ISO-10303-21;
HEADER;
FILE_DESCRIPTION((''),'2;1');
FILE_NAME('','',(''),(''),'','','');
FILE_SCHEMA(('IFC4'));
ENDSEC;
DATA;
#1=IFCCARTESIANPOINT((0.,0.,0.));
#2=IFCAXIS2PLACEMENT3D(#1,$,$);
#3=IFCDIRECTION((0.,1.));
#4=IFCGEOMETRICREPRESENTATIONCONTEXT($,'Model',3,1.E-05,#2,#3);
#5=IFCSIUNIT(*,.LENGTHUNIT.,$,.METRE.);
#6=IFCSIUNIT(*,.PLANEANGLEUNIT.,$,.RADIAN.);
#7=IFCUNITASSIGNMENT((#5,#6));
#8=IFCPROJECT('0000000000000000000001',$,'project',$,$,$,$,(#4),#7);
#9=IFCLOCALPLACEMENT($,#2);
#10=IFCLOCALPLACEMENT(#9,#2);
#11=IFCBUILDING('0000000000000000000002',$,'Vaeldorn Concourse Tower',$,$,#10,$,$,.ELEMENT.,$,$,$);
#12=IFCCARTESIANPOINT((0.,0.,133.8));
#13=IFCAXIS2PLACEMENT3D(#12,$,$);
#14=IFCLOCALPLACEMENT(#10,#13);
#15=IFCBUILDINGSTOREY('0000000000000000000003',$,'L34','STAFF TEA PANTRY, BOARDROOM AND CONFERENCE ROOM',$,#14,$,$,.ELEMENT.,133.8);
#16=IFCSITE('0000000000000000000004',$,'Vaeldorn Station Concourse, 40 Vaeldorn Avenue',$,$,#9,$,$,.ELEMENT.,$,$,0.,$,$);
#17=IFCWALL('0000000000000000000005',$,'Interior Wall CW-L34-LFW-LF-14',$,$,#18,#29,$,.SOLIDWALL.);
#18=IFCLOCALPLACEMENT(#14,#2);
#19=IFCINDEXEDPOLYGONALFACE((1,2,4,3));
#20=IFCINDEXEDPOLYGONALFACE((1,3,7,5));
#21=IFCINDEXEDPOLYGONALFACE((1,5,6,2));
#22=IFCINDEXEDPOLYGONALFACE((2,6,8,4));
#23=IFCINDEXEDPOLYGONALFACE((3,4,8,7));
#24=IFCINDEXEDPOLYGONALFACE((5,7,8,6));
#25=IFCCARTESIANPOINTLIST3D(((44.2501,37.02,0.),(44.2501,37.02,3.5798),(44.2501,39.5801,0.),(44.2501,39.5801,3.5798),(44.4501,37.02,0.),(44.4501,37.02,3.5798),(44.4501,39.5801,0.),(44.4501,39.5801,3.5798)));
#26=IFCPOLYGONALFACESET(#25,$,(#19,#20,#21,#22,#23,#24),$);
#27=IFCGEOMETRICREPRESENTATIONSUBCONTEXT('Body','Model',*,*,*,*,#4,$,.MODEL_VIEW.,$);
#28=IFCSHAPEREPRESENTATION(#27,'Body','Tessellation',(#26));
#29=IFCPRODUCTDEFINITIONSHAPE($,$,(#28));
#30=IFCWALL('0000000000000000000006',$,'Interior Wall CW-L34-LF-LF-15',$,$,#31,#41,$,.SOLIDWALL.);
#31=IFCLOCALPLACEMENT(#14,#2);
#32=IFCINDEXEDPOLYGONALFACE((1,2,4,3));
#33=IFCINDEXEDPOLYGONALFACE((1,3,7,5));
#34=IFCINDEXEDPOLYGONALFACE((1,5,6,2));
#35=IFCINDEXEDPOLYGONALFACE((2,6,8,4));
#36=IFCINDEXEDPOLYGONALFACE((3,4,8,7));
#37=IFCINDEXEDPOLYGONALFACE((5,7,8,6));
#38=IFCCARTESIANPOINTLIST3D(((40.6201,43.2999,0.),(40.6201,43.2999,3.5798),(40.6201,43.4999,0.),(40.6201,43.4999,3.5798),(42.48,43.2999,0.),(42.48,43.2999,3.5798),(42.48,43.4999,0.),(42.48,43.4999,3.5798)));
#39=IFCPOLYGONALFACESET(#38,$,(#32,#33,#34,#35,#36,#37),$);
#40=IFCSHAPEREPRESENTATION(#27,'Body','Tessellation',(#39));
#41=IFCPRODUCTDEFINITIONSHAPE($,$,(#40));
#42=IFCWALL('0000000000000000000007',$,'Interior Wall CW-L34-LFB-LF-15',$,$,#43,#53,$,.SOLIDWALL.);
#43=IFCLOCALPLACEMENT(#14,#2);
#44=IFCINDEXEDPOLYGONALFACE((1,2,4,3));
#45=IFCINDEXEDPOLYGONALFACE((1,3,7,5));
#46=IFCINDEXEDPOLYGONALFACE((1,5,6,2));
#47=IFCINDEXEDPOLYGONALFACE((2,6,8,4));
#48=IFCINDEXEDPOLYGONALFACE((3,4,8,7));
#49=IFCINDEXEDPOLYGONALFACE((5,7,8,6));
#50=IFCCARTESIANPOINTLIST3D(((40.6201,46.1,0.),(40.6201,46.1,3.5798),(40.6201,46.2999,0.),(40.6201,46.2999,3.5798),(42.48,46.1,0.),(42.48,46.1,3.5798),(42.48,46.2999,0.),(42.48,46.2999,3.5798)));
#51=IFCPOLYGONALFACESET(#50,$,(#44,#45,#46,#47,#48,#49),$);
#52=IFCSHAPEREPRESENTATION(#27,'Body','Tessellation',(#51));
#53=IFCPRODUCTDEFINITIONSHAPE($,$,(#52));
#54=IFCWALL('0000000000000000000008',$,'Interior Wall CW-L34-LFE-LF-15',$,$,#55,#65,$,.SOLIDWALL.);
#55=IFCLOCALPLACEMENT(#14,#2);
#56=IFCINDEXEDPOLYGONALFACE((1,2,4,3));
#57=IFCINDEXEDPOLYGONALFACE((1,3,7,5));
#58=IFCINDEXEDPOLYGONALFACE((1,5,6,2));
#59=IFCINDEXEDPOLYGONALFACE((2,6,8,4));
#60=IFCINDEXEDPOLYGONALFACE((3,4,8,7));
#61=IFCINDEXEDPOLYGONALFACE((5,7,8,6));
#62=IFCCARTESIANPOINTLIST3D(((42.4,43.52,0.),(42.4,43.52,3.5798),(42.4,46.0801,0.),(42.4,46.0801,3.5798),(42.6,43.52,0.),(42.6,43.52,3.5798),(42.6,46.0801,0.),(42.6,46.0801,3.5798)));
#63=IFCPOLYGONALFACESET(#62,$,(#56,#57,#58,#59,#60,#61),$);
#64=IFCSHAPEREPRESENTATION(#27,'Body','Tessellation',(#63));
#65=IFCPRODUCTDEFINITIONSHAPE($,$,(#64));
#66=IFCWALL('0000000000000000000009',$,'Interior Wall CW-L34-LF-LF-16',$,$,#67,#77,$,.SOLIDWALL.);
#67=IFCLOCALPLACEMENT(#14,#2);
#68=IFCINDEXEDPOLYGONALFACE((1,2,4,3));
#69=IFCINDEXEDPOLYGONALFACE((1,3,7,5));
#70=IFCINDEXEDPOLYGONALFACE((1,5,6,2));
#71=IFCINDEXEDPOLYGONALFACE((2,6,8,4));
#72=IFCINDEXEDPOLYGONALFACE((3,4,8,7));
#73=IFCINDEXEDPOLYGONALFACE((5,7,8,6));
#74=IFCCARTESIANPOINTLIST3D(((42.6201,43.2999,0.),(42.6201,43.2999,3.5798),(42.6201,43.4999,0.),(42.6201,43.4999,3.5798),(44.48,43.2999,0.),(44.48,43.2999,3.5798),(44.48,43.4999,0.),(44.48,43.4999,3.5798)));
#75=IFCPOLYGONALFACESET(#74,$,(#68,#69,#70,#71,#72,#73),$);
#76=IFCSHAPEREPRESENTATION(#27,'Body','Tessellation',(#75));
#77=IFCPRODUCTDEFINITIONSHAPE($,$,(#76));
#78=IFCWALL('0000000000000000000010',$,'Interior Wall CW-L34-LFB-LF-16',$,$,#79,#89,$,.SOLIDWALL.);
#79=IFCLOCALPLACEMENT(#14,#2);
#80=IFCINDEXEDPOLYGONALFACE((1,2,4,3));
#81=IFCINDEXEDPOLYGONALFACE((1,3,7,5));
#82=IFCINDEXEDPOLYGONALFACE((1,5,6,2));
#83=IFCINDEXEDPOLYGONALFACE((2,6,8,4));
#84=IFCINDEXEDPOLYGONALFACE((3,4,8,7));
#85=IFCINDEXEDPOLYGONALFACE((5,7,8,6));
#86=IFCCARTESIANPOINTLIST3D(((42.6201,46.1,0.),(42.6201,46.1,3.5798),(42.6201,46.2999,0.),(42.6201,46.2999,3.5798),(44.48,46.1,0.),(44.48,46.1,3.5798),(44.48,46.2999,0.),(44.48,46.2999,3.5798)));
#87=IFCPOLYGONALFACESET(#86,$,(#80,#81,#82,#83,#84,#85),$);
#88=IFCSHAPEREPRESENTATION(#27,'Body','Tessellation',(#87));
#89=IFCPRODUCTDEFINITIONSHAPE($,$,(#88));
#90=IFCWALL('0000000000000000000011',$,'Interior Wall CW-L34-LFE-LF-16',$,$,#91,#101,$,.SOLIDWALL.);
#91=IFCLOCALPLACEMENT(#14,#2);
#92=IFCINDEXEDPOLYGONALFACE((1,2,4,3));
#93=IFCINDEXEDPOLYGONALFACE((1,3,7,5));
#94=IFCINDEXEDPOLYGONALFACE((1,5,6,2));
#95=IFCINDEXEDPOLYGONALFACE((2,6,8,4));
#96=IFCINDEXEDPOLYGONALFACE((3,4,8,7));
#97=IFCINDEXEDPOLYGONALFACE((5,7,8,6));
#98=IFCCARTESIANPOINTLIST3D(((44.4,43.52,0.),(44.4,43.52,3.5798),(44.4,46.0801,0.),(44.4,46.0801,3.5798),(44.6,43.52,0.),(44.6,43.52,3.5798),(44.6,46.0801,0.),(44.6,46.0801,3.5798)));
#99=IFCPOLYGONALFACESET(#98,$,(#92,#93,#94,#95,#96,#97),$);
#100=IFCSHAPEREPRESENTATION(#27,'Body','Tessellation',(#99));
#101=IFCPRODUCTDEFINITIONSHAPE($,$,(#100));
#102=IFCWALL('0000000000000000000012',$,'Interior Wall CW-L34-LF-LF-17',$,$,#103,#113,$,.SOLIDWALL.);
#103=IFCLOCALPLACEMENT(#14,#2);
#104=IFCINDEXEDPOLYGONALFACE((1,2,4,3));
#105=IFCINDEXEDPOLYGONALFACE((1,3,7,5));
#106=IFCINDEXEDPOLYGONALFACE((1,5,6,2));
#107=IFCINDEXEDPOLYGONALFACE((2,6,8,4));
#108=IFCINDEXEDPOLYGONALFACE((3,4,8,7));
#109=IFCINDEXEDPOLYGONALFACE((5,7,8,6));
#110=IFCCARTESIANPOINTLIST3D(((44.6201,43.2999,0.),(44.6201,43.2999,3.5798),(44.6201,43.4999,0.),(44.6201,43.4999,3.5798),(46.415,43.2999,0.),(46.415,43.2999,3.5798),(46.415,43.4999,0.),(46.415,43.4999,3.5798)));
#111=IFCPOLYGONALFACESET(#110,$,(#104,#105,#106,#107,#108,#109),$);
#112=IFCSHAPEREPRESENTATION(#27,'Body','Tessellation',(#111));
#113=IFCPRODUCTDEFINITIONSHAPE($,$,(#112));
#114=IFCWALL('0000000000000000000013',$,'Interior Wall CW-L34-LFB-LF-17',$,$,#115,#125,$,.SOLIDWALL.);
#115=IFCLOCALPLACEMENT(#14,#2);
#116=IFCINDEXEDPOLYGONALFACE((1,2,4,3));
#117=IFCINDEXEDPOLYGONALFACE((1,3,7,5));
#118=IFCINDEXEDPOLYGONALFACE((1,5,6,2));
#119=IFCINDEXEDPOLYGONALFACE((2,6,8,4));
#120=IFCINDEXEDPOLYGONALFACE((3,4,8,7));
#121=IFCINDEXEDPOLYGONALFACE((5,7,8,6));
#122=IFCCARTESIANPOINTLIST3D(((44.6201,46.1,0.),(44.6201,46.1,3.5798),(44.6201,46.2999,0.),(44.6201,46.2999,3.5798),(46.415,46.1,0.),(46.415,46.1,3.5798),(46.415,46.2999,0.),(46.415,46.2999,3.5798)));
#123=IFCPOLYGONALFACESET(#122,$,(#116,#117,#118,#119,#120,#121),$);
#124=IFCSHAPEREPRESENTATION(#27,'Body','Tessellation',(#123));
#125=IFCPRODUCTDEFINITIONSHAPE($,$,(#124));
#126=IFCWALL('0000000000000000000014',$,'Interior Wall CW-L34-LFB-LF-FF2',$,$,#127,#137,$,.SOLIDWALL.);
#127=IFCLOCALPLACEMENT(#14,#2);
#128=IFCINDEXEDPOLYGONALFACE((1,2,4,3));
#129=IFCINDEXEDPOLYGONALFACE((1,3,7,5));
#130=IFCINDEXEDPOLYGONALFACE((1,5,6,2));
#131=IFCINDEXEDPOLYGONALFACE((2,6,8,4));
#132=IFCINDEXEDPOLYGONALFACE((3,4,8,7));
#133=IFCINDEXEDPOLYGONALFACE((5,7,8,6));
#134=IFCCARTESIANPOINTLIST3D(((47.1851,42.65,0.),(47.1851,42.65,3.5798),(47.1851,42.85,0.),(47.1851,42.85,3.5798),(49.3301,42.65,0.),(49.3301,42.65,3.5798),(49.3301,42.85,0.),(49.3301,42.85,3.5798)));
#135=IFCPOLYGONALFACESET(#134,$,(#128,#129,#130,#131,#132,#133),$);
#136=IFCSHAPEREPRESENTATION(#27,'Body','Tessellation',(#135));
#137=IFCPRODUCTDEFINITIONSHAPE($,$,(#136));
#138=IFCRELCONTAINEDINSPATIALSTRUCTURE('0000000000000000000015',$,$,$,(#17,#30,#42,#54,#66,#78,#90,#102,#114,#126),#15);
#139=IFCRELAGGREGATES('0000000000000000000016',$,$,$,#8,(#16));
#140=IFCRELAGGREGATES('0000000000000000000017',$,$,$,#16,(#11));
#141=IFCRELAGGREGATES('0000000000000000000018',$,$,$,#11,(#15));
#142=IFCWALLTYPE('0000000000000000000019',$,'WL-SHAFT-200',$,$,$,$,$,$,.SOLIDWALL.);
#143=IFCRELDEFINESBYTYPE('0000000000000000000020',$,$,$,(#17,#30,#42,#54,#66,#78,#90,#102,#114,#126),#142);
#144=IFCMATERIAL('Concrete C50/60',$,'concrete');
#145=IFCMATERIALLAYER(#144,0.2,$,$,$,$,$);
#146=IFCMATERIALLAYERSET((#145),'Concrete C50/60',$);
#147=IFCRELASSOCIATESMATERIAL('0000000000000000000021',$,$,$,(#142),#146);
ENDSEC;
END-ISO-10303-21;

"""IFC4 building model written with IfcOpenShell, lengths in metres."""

from ifc_helpers import new_model, si_unit, direction, frame, frame_2d, origin, place, context, subcontext, project, spatial, rectangle, extrude, material, layer, layer_set, type_object, element, save


model = new_model("IFC4")

# Units and contexts
model_context = context("Model", 3, precision=1e-05, world=origin(), true_north=direction((0.0, 1.0)))
body_context = subcontext(model_context, "Body", "Model", "MODEL_VIEW")
ifc_project = project(units=[si_unit("LENGTHUNIT", "METRE"), si_unit("PLANEANGLEUNIT", "RADIAN")], contexts=[model_context])

# Site, building, storey
site_placement = place(None, origin())
site = spatial("IfcSite", under=ifc_project, at=site_placement, Name="Vaeldorn Station Concourse, 40 Vaeldorn Avenue", CompositionType="ELEMENT", RefElevation=0.0)
building_placement = place(site_placement, origin())
building = spatial("IfcBuilding", under=site, at=building_placement, Name="Vaeldorn Concourse Tower", CompositionType="ELEMENT")
storey_placement = place(building_placement, frame((0.0, 0.0, 133.8)))
storey = spatial("IfcBuildingStorey", under=building, at=storey_placement, Name="L34", Description="STAFF TEA PANTRY, BOARDROOM AND CONFERENCE ROOM", CompositionType="ELEMENT", Elevation=133.8)

# Shared definitions
ifc_material_1 = material(Name="Concrete C50/60", Category="concrete")
ifc_layer_1 = layer(ifc_material_1, 0.2)
ifc_layer_set_1 = layer_set([ifc_layer_1], Name="Concrete C50/60")
wall_type_1 = type_object("IfcWallType", Name="WL-SHAFT-200", PredefinedType="SOLIDWALL", material=ifc_layer_set_1)

# Walls
wall_1_placement = place(storey_placement, frame((44.3501, 37.02, 0.0), z_axis=(0.0, 0.0, 1.0), x_axis=(0.0, 1.0, 0.0)))
element("IfcWall", 1, at=wall_1_placement, inside=storey, type_object=wall_type_1, Name="Interior Wall CW-L34-LFW-LF-14", PredefinedType="SOLIDWALL", context=body_context, shape_type="SweptSolid", body=[
    extrude(rectangle(XDim=2.5601, YDim=0.2, at=frame_2d((1.28, 0.0))), origin(), (0.0, 0.0, 1.0), 3.5798),
])
for number, where, z_axis, x_axis, name in (
    (2, (40.6201, 43.3999, 0.0), (0.0, 0.0, 1.0), (1.0, 0.0, 0.0), "Interior Wall CW-L34-LF-LF-15"),
    (3, (40.6201, 46.2, 0.0), (0.0, 0.0, 1.0), (1.0, 0.0, 0.0), "Interior Wall CW-L34-LFB-LF-15"),
):
    element("IfcWall", number, at=place(storey_placement, frame(where, z_axis=z_axis, x_axis=x_axis)), inside=storey, type_object=wall_type_1, Name=name, PredefinedType="SOLIDWALL", context=body_context, shape_type="SweptSolid", body=[
        extrude(rectangle(XDim=1.8599, YDim=0.2, at=frame_2d((0.9299, 0.0))), origin(), (0.0, 0.0, 1.0), 3.5798),
    ])
wall_2_placement = place(storey_placement, frame((42.5, 43.52, 0.0), z_axis=(0.0, 0.0, 1.0), x_axis=(0.0, 1.0, 0.0)))
element("IfcWall", 4, at=wall_2_placement, inside=storey, type_object=wall_type_1, Name="Interior Wall CW-L34-LFE-LF-15", PredefinedType="SOLIDWALL", context=body_context, shape_type="SweptSolid", body=[
    extrude(rectangle(XDim=2.5601, YDim=0.2, at=frame_2d((1.28, 0.0))), origin(), (0.0, 0.0, 1.0), 3.5798),
])
for number, where, z_axis, x_axis, name in (
    (5, (42.6201, 43.3999, 0.0), (0.0, 0.0, 1.0), (1.0, 0.0, 0.0), "Interior Wall CW-L34-LF-LF-16"),
    (6, (42.6201, 46.2, 0.0), (0.0, 0.0, 1.0), (1.0, 0.0, 0.0), "Interior Wall CW-L34-LFB-LF-16"),
):
    element("IfcWall", number, at=place(storey_placement, frame(where, z_axis=z_axis, x_axis=x_axis)), inside=storey, type_object=wall_type_1, Name=name, PredefinedType="SOLIDWALL", context=body_context, shape_type="SweptSolid", body=[
        extrude(rectangle(XDim=1.8599, YDim=0.2, at=frame_2d((0.9299, 0.0))), origin(), (0.0, 0.0, 1.0), 3.5798),
    ])
wall_3_placement = place(storey_placement, frame((44.5, 43.52, 0.0), z_axis=(0.0, 0.0, 1.0), x_axis=(0.0, 1.0, 0.0)))
element("IfcWall", 7, at=wall_3_placement, inside=storey, type_object=wall_type_1, Name="Interior Wall CW-L34-LFE-LF-16", PredefinedType="SOLIDWALL", context=body_context, shape_type="SweptSolid", body=[
    extrude(rectangle(XDim=2.5601, YDim=0.2, at=frame_2d((1.28, 0.0))), origin(), (0.0, 0.0, 1.0), 3.5798),
])
for number, where, z_axis, x_axis, name in (
    (8, (44.6201, 43.3999, 0.0), (0.0, 0.0, 1.0), (1.0, 0.0, 0.0), "Interior Wall CW-L34-LF-LF-17"),
    (9, (44.6201, 46.2, 0.0), (0.0, 0.0, 1.0), (1.0, 0.0, 0.0), "Interior Wall CW-L34-LFB-LF-17"),
):
    element("IfcWall", number, at=place(storey_placement, frame(where, z_axis=z_axis, x_axis=x_axis)), inside=storey, type_object=wall_type_1, Name=name, PredefinedType="SOLIDWALL", context=body_context, shape_type="SweptSolid", body=[
        extrude(rectangle(XDim=1.7949, YDim=0.2, at=frame_2d((0.8975, 0.0))), origin(), (0.0, 0.0, 1.0), 3.5798),
    ])

# Wall
wall_4_placement = place(storey_placement, frame((47.1851, 42.75, 0.0), z_axis=(0.0, 0.0, 1.0), x_axis=(1.0, 0.0, 0.0)))
element("IfcWall", 10, at=wall_4_placement, inside=storey, type_object=wall_type_1, Name="Interior Wall CW-L34-LFB-LF-FF2", PredefinedType="SOLIDWALL", context=body_context, shape_type="SweptSolid", body=[
    extrude(rectangle(XDim=2.145, YDim=0.2, at=frame_2d((1.0725, 0.0))), origin(), (0.0, 0.0, 1.0), 3.5798),
])

save(model, "model.ifc")
